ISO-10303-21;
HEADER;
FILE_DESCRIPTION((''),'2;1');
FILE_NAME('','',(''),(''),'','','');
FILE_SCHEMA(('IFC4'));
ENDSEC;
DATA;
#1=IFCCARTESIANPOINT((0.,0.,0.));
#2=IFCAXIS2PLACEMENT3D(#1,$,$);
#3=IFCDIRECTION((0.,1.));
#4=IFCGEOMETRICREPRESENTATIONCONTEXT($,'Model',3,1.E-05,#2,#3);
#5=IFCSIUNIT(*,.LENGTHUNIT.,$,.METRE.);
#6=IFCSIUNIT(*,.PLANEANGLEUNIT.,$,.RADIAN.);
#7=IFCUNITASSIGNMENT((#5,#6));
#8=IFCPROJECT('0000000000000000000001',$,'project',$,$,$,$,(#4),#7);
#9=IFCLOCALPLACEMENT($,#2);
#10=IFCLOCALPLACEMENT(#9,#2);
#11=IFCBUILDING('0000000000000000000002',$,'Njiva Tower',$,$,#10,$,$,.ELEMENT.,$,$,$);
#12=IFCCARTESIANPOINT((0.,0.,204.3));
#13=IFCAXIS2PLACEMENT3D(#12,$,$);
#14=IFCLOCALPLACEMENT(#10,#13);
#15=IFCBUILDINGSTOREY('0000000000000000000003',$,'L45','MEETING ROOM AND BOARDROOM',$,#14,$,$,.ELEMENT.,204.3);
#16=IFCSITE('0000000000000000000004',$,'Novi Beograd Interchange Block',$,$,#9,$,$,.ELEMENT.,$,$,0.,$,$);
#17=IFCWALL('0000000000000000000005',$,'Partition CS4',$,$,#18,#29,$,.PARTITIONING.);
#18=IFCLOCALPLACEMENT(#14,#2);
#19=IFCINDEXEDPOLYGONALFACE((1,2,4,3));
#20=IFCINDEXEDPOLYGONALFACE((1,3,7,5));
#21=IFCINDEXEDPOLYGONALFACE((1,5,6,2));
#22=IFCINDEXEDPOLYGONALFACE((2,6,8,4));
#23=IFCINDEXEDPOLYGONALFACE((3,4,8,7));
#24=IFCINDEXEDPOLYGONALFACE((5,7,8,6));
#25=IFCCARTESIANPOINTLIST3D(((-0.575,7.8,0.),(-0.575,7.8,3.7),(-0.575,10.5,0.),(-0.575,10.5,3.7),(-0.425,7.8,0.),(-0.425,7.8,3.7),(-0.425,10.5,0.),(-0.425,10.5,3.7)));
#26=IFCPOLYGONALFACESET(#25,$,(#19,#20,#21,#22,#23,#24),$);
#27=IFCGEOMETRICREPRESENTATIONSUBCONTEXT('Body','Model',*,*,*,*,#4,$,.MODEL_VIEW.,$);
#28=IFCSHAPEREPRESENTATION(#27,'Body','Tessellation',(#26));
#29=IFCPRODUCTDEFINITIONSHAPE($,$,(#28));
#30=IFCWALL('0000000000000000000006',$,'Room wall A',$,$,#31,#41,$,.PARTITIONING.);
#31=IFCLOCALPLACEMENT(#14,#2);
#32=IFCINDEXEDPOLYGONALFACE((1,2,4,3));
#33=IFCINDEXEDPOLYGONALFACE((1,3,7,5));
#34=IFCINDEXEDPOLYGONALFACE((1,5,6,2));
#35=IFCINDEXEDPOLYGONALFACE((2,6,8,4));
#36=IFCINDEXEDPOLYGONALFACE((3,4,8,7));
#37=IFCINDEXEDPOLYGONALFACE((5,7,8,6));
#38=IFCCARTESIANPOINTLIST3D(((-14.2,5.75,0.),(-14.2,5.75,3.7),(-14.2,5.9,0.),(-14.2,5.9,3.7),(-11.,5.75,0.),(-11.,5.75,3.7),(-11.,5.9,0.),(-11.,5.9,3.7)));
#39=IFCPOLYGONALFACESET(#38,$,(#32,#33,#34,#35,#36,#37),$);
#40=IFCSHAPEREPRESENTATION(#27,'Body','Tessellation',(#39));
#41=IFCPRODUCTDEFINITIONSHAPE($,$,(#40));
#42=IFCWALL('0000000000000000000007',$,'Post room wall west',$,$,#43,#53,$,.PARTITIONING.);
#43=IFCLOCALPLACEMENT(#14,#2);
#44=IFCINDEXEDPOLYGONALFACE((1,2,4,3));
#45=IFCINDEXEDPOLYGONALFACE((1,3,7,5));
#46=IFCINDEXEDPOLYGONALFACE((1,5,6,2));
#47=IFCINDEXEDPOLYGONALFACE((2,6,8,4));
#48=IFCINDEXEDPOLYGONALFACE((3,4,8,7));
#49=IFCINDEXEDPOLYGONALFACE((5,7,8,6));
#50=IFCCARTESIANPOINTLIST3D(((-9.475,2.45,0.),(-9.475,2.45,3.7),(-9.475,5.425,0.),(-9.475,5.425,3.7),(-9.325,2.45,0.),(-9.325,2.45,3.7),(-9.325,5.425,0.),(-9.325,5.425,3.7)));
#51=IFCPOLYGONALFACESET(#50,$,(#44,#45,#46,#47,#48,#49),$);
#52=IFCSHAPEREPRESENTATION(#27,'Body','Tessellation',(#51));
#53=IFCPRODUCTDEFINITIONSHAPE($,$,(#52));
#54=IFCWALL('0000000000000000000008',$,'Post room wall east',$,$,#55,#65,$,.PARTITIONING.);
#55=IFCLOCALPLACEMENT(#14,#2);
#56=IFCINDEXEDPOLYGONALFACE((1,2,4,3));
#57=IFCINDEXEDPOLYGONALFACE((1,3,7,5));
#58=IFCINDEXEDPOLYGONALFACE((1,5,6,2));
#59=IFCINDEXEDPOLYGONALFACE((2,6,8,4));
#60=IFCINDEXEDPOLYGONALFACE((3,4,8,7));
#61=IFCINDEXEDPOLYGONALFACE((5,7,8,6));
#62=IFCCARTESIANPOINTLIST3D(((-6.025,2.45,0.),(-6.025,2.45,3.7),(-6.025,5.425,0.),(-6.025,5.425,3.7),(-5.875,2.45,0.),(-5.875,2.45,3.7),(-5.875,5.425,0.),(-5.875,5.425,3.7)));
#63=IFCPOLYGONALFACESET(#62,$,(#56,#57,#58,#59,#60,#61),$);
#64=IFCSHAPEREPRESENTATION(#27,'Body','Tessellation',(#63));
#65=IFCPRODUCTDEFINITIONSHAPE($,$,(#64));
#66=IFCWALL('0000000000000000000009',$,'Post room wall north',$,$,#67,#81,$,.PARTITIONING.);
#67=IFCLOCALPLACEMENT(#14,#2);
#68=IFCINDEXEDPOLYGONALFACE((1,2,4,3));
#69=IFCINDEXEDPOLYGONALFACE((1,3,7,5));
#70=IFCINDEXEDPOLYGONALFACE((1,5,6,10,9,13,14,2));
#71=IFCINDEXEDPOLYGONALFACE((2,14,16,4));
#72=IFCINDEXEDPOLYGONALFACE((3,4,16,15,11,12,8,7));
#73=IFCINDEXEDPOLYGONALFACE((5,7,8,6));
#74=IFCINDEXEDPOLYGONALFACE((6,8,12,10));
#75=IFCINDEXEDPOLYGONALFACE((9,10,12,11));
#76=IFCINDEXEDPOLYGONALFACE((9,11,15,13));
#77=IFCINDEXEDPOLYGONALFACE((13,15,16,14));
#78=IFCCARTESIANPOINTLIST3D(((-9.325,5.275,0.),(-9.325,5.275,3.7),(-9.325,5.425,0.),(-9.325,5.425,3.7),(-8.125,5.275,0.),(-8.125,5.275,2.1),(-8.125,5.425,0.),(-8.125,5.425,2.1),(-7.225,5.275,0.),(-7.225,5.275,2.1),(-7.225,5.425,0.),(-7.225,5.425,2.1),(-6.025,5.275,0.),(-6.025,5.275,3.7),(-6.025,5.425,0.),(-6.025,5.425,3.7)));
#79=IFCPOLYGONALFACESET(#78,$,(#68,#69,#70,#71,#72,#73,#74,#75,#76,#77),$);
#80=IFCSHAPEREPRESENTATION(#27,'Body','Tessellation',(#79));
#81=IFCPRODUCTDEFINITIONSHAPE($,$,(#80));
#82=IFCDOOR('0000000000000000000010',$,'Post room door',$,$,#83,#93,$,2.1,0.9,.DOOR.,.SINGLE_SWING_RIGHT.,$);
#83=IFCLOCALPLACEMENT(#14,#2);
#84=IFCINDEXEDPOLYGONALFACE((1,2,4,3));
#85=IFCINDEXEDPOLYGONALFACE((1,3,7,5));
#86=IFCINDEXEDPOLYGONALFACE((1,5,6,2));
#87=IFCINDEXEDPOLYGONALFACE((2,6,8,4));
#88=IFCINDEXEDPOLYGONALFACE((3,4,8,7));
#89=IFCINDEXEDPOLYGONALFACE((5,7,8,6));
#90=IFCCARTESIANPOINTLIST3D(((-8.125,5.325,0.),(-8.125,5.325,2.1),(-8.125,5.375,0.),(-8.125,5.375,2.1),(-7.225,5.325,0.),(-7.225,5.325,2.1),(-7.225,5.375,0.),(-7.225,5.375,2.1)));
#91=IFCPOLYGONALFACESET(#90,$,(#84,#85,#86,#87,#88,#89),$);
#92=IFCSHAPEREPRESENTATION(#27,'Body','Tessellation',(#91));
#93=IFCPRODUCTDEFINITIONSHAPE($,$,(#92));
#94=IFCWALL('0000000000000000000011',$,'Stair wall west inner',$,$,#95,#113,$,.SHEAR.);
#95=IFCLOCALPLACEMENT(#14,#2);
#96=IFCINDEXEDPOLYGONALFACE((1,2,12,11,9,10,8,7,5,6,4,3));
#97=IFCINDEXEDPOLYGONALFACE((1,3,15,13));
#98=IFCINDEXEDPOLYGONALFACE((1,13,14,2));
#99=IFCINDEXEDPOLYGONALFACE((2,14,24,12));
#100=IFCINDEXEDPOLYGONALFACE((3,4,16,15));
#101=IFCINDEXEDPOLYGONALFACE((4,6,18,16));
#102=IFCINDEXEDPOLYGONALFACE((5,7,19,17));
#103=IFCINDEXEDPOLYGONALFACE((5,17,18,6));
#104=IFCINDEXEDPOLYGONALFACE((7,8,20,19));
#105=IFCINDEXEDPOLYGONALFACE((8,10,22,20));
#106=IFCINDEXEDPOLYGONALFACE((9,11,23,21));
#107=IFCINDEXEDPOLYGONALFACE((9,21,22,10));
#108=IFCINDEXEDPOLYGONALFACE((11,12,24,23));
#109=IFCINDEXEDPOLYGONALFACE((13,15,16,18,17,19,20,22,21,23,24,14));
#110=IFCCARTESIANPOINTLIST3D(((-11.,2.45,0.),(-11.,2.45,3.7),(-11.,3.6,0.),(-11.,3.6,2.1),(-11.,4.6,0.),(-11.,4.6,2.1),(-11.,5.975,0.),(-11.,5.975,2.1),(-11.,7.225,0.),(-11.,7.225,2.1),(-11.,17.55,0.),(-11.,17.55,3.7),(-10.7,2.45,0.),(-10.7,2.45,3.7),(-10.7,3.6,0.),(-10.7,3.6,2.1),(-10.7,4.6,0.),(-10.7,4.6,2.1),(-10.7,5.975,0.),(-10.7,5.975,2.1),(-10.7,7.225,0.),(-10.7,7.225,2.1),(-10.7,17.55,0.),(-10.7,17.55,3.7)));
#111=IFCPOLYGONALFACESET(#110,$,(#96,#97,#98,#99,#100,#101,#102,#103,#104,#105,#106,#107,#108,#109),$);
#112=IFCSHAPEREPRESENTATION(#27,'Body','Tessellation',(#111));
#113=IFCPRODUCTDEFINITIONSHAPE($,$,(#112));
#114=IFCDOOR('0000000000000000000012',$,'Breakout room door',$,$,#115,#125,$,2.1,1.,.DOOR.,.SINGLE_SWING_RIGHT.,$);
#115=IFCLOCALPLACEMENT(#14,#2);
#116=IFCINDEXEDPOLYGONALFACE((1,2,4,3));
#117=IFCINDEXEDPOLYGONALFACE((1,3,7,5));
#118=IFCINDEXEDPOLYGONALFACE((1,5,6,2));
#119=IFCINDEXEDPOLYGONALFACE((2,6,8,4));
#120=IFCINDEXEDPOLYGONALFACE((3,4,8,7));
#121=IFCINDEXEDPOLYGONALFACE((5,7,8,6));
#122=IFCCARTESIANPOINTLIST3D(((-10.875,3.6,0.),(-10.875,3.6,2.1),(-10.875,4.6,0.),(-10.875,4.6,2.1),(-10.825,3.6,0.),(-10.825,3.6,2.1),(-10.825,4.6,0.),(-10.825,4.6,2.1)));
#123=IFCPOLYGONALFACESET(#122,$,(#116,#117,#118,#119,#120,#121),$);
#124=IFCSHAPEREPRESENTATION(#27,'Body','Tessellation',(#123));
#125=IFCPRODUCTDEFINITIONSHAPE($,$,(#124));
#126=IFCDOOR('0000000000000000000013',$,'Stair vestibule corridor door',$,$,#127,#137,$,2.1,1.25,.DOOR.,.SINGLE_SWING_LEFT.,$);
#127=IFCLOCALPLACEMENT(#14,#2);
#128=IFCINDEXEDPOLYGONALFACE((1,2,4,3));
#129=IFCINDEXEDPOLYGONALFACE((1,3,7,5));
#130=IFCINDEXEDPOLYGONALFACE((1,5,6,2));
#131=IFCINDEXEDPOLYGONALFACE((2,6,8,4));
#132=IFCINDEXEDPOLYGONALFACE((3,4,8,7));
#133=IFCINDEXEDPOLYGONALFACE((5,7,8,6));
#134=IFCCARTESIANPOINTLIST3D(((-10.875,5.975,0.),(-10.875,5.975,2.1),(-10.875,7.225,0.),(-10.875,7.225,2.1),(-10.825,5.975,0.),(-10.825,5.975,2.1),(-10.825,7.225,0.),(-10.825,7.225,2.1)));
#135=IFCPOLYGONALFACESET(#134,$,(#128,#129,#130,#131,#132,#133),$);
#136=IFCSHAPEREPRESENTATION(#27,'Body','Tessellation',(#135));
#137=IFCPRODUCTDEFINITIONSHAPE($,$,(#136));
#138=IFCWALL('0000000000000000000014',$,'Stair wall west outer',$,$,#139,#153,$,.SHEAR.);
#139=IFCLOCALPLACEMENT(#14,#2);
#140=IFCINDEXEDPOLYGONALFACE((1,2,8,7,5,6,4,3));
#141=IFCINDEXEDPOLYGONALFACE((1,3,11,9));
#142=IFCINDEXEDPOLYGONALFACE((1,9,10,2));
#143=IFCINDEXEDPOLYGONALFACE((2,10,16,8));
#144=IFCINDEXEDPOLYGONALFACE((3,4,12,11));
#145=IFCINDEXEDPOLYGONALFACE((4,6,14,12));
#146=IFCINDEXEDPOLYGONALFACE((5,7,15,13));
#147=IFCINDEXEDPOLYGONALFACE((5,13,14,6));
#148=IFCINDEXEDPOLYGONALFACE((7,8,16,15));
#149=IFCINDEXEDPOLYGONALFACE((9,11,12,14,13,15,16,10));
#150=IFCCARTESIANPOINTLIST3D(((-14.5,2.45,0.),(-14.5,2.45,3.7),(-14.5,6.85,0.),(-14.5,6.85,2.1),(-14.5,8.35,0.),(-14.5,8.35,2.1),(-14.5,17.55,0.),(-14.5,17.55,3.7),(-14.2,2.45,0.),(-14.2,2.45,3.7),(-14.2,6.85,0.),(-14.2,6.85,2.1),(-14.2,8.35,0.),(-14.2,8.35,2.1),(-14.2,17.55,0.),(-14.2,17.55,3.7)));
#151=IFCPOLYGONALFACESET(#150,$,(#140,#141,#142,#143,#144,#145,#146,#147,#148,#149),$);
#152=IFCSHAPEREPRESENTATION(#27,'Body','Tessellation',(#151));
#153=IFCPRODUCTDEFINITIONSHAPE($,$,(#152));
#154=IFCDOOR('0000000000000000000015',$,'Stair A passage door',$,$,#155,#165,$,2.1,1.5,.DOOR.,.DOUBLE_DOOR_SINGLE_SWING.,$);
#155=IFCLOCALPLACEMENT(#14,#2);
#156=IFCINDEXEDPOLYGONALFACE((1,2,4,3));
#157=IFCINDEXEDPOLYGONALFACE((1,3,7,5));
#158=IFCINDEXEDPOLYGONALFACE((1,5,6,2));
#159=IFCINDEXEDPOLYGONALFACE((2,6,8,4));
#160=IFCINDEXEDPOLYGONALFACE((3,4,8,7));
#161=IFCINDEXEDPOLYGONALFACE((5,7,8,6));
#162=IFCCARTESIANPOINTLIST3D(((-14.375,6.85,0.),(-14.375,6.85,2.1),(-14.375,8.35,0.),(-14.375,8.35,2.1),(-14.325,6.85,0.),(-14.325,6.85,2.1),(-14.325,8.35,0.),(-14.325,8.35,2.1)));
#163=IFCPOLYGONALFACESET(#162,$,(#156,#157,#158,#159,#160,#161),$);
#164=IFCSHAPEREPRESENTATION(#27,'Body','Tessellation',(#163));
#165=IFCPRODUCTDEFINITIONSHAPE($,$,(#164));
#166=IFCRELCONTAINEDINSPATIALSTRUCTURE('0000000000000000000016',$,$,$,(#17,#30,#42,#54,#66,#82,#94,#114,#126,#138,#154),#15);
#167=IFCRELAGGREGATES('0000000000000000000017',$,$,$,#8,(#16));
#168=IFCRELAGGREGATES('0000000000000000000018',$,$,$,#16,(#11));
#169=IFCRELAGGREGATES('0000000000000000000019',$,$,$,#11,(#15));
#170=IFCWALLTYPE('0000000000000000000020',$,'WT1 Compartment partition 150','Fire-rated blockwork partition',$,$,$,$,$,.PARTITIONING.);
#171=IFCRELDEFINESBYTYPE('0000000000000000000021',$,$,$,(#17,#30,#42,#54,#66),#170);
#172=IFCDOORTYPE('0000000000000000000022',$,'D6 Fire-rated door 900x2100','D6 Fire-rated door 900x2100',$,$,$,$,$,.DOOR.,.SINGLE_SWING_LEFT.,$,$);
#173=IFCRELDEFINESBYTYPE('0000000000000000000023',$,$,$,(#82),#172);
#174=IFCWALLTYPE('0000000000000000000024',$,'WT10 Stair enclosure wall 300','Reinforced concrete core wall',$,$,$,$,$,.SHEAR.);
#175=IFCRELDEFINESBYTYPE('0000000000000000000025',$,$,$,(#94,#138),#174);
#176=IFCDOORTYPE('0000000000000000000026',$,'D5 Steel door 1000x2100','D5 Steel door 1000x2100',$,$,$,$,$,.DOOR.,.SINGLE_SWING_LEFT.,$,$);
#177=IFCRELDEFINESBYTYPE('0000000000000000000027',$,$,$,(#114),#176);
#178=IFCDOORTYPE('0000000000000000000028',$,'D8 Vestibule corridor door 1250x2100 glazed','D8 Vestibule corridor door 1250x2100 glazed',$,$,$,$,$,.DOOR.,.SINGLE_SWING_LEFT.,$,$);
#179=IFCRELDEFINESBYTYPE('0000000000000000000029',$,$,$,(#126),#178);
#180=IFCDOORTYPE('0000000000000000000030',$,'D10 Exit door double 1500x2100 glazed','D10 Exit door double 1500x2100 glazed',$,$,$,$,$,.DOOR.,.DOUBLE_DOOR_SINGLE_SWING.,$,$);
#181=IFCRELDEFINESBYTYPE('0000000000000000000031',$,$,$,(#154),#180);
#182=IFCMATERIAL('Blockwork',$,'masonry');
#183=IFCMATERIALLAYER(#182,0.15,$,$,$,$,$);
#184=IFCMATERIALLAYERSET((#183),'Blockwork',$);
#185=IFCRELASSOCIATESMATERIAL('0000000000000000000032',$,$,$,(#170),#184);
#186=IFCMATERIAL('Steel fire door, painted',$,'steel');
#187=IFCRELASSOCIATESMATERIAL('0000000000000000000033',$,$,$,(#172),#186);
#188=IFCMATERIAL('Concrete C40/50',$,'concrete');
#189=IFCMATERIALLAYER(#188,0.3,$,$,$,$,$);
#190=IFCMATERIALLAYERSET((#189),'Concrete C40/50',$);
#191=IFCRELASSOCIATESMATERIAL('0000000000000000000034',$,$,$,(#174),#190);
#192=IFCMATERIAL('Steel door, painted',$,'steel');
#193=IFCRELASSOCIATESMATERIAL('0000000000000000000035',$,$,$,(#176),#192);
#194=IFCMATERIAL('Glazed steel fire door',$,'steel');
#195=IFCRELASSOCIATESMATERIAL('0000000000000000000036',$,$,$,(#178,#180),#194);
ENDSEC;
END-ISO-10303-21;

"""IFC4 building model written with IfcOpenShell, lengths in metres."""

from ifc_helpers import new_model, si_unit, direction, frame, frame_2d, origin, place, context, subcontext, project, spatial, rectangle, extrude, material, layer, layer_set, type_object, element, fill, save


model = new_model("IFC4")

# Units and contexts
model_context = context("Model", 3, precision=1e-05, world=origin(), true_north=direction((0.0, 1.0)))
body_context = subcontext(model_context, "Body", "Model", "MODEL_VIEW")
ifc_project = project(units=[si_unit("LENGTHUNIT", "METRE"), si_unit("PLANEANGLEUNIT", "RADIAN")], contexts=[model_context])

# Site, building, storey
site_placement = place(None, origin())
site = spatial("IfcSite", under=ifc_project, at=site_placement, Name="Novi Beograd Interchange Block", CompositionType="ELEMENT", RefElevation=0.0)
building_placement = place(site_placement, origin())
building = spatial("IfcBuilding", under=site, at=building_placement, Name="Njiva Tower", CompositionType="ELEMENT")
storey_placement = place(building_placement, frame((0.0, 0.0, 204.3)))
storey = spatial("IfcBuildingStorey", under=building, at=storey_placement, Name="L45", Description="MEETING ROOM AND BOARDROOM", CompositionType="ELEMENT", Elevation=204.3)

# Walls
ifc_material_1 = material(Name="Blockwork", Category="masonry")
ifc_layer_1 = layer(ifc_material_1, 0.15)
ifc_layer_set_1 = layer_set([ifc_layer_1], Name="Blockwork")
wall_type_1 = type_object("IfcWallType", Name="WT1 Compartment partition 150", Description="Fire-rated blockwork partition", PredefinedType="PARTITIONING", material=ifc_layer_set_1)
wall_1_placement = place(storey_placement, frame((-0.5, 7.8, 0.0), z_axis=(0.0, 0.0, 1.0), x_axis=(0.0, 1.0, 0.0)))
element("IfcWall", 1, at=wall_1_placement, inside=storey, type_object=wall_type_1, Name="Partition CS4", PredefinedType="PARTITIONING", context=body_context, shape_type="SweptSolid", body=[
    extrude(rectangle(XDim=2.7, YDim=0.15, at=frame_2d((1.35, 0.0))), origin(), (0.0, 0.0, 1.0), 3.7),
])
wall_2_placement = place(storey_placement, frame((-14.2, 5.825, 0.0), z_axis=(0.0, 0.0, 1.0), x_axis=(1.0, 0.0, 0.0)))
element("IfcWall", 2, at=wall_2_placement, inside=storey, type_object=wall_type_1, Name="Room wall A", PredefinedType="PARTITIONING", context=body_context, shape_type="SweptSolid", body=[
    extrude(rectangle(XDim=3.2, YDim=0.15, at=frame_2d((1.6, 0.0))), origin(), (0.0, 0.0, 1.0), 3.7),
])
for number, where, z_axis, x_axis, name in (
    (3, (-9.4, 2.45, 0.0), (0.0, 0.0, 1.0), (0.0, 1.0, 0.0), "Post room wall west"),
    (4, (-5.95, 2.45, 0.0), (0.0, 0.0, 1.0), (0.0, 1.0, 0.0), "Post room wall east"),
):
    element("IfcWall", number, at=place(storey_placement, frame(where, z_axis=z_axis, x_axis=x_axis)), inside=storey, type_object=wall_type_1, Name=name, PredefinedType="PARTITIONING", context=body_context, shape_type="SweptSolid", body=[
        extrude(rectangle(XDim=2.975, YDim=0.15, at=frame_2d((1.4875, 0.0))), origin(), (0.0, 0.0, 1.0), 3.7),
    ])

# Wall, opening, door
wall_3_placement = place(storey_placement, frame((-9.325, 5.35, 0.0), z_axis=(0.0, 0.0, 1.0), x_axis=(1.0, 0.0, 0.0)))
wall_3 = element("IfcWall", 5, at=wall_3_placement, inside=storey, type_object=wall_type_1, Name="Post room wall north", PredefinedType="PARTITIONING", context=body_context, shape_type="SweptSolid", body=[
    extrude(rectangle(XDim=3.3, YDim=0.15, at=frame_2d((1.65, 0.0))), origin(), (0.0, 0.0, 1.0), 3.7),
])
opening_1_placement = place(wall_3_placement, frame((1.2, 0.0, 0.0)))
opening_1 = element("IfcOpeningElement", 6, at=opening_1_placement, cuts=wall_3, PredefinedType="OPENING", context=body_context, shape_type="SweptSolid", body=[
    extrude(rectangle(XDim=0.9, YDim=2.1, at=frame_2d((0.45, 1.05))), frame((0.0, 0.085, 0.0), z_axis=(0.0, -1.0, 0.0), x_axis=(1.0, 0.0, 0.0)), (0.0, 0.0, 1.0), 0.17),
])
ifc_material_2 = material(Name="Steel fire door, painted", Category="steel")
door_type_1 = type_object("IfcDoorType", Name="D6 Fire-rated door 900x2100", Description="D6 Fire-rated door 900x2100", OperationType="SINGLE_SWING_LEFT", PredefinedType="DOOR", material=ifc_material_2)
door_1_placement = place(opening_1_placement, origin())
door_1 = element("IfcDoor", 7, at=door_1_placement, inside=storey, type_object=door_type_1, Name="Post room door", OperationType="SINGLE_SWING_RIGHT", OverallHeight=2.1, OverallWidth=0.9, PredefinedType="DOOR", context=body_context, shape_type="SweptSolid", body=[
    extrude(rectangle(XDim=0.9, YDim=2.1, at=frame_2d((0.45, 1.05))), frame((0.0, 0.025, 0.0), z_axis=(0.0, -1.0, 0.0), x_axis=(1.0, 0.0, 0.0)), (0.0, 0.0, 1.0), 0.05),
])
fill(opening_1, door_1)

# Wall, openings, doors
ifc_material_3 = material(Name="Concrete C40/50", Category="concrete")
ifc_layer_2 = layer(ifc_material_3, 0.3)
ifc_layer_set_2 = layer_set([ifc_layer_2], Name="Concrete C40/50")
wall_type_2 = type_object("IfcWallType", Name="WT10 Stair enclosure wall 300", Description="Reinforced concrete core wall", PredefinedType="SHEAR", material=ifc_layer_set_2)
wall_4_placement = place(storey_placement, frame((-10.85, 2.45, 0.0), z_axis=(0.0, 0.0, 1.0), x_axis=(0.0, 1.0, 0.0)))
wall_4 = element("IfcWall", 8, at=wall_4_placement, inside=storey, type_object=wall_type_2, Name="Stair wall west inner", PredefinedType="SHEAR", context=body_context, shape_type="SweptSolid", body=[
    extrude(rectangle(XDim=15.1, YDim=0.3, at=frame_2d((7.55, 0.0))), origin(), (0.0, 0.0, 1.0), 3.7),
])
opening_2_placement = place(wall_4_placement, frame((3.525, 0.0, 0.0)))
opening_2 = element("IfcOpeningElement", 9, at=opening_2_placement, cuts=wall_4, PredefinedType="OPENING", context=body_context, shape_type="SweptSolid", body=[
    extrude(rectangle(XDim=1.25, YDim=2.1, at=frame_2d((0.625, 1.05))), frame((0.0, 0.16, 0.0), z_axis=(0.0, -1.0, 0.0), x_axis=(1.0, 0.0, 0.0)), (0.0, 0.0, 1.0), 0.32),
])
opening_3_placement = place(wall_4_placement, frame((1.15, 0.0, 0.0)))
opening_3 = element("IfcOpeningElement", 10, at=opening_3_placement, cuts=wall_4, PredefinedType="OPENING", context=body_context, shape_type="SweptSolid", body=[
    extrude(rectangle(XDim=1.0, YDim=2.1, at=frame_2d((0.5, 1.05))), frame((0.0, 0.16, 0.0), z_axis=(0.0, -1.0, 0.0), x_axis=(1.0, 0.0, 0.0)), (0.0, 0.0, 1.0), 0.32),
])
ifc_material_4 = material(Name="Steel door, painted", Category="steel")
door_type_2 = type_object("IfcDoorType", Name="D5 Steel door 1000x2100", Description="D5 Steel door 1000x2100", OperationType="SINGLE_SWING_LEFT", PredefinedType="DOOR", material=ifc_material_4)
door_2_placement = place(opening_3_placement, origin())
door_2 = element("IfcDoor", 11, at=door_2_placement, inside=storey, type_object=door_type_2, Name="Breakout room door", OperationType="SINGLE_SWING_RIGHT", OverallHeight=2.1, OverallWidth=1.0, PredefinedType="DOOR", context=body_context, shape_type="SweptSolid", body=[
    extrude(rectangle(XDim=1.0, YDim=2.1, at=frame_2d((0.5, 1.05))), frame((0.0, 0.025, 0.0), z_axis=(0.0, -1.0, 0.0), x_axis=(1.0, 0.0, 0.0)), (0.0, 0.0, 1.0), 0.05),
])
fill(opening_3, door_2)
ifc_material_5 = material(Name="Glazed steel fire door", Category="steel")
door_type_3 = type_object("IfcDoorType", Name="D8 Vestibule corridor door 1250x2100 glazed", Description="D8 Vestibule corridor door 1250x2100 glazed", OperationType="SINGLE_SWING_LEFT", PredefinedType="DOOR", material=ifc_material_5)
door_3_placement = place(opening_2_placement, origin())
door_3 = element("IfcDoor", 12, at=door_3_placement, inside=storey, type_object=door_type_3, Name="Stair vestibule corridor door", OperationType="SINGLE_SWING_LEFT", OverallHeight=2.1, OverallWidth=1.25, PredefinedType="DOOR", context=body_context, shape_type="SweptSolid", body=[
    extrude(rectangle(XDim=1.25, YDim=2.1, at=frame_2d((0.625, 1.05))), frame((0.0, 0.025, 0.0), z_axis=(0.0, -1.0, 0.0), x_axis=(1.0, 0.0, 0.0)), (0.0, 0.0, 1.0), 0.05),
])
fill(opening_2, door_3)

# Wall, opening, door
wall_5_placement = place(storey_placement, frame((-14.35, 2.45, 0.0), z_axis=(0.0, 0.0, 1.0), x_axis=(0.0, 1.0, 0.0)))
wall_5 = element("IfcWall", 13, at=wall_5_placement, inside=storey, type_object=wall_type_2, Name="Stair wall west outer", PredefinedType="SHEAR", context=body_context, shape_type="SweptSolid", body=[
    extrude(rectangle(XDim=15.1, YDim=0.3, at=frame_2d((7.55, 0.0))), origin(), (0.0, 0.0, 1.0), 3.7),
])
opening_4_placement = place(wall_5_placement, frame((4.4, 0.0, 0.0)))
opening_4 = element("IfcOpeningElement", 14, at=opening_4_placement, cuts=wall_5, PredefinedType="OPENING", context=body_context, shape_type="SweptSolid", body=[
    extrude(rectangle(XDim=1.5, YDim=2.1, at=frame_2d((0.75, 1.05))), frame((0.0, 0.16, 0.0), z_axis=(0.0, -1.0, 0.0), x_axis=(1.0, 0.0, 0.0)), (0.0, 0.0, 1.0), 0.32),
])
door_type_4 = type_object("IfcDoorType", Name="D10 Exit door double 1500x2100 glazed", Description="D10 Exit door double 1500x2100 glazed", OperationType="DOUBLE_DOOR_SINGLE_SWING", PredefinedType="DOOR", material=ifc_material_5)
door_4_placement = place(opening_4_placement, origin())
door_4 = element("IfcDoor", 15, at=door_4_placement, inside=storey, type_object=door_type_4, Name="Stair A passage door", OperationType="DOUBLE_DOOR_SINGLE_SWING", OverallHeight=2.1, OverallWidth=1.5, PredefinedType="DOOR", context=body_context, shape_type="SweptSolid", body=[
    extrude(rectangle(XDim=1.5, YDim=2.1, at=frame_2d((0.75, 1.05))), frame((0.0, 0.025, 0.0), z_axis=(0.0, -1.0, 0.0), x_axis=(1.0, 0.0, 0.0)), (0.0, 0.0, 1.0), 0.05),
])
fill(opening_4, door_4)

save(model, "model.ifc")
